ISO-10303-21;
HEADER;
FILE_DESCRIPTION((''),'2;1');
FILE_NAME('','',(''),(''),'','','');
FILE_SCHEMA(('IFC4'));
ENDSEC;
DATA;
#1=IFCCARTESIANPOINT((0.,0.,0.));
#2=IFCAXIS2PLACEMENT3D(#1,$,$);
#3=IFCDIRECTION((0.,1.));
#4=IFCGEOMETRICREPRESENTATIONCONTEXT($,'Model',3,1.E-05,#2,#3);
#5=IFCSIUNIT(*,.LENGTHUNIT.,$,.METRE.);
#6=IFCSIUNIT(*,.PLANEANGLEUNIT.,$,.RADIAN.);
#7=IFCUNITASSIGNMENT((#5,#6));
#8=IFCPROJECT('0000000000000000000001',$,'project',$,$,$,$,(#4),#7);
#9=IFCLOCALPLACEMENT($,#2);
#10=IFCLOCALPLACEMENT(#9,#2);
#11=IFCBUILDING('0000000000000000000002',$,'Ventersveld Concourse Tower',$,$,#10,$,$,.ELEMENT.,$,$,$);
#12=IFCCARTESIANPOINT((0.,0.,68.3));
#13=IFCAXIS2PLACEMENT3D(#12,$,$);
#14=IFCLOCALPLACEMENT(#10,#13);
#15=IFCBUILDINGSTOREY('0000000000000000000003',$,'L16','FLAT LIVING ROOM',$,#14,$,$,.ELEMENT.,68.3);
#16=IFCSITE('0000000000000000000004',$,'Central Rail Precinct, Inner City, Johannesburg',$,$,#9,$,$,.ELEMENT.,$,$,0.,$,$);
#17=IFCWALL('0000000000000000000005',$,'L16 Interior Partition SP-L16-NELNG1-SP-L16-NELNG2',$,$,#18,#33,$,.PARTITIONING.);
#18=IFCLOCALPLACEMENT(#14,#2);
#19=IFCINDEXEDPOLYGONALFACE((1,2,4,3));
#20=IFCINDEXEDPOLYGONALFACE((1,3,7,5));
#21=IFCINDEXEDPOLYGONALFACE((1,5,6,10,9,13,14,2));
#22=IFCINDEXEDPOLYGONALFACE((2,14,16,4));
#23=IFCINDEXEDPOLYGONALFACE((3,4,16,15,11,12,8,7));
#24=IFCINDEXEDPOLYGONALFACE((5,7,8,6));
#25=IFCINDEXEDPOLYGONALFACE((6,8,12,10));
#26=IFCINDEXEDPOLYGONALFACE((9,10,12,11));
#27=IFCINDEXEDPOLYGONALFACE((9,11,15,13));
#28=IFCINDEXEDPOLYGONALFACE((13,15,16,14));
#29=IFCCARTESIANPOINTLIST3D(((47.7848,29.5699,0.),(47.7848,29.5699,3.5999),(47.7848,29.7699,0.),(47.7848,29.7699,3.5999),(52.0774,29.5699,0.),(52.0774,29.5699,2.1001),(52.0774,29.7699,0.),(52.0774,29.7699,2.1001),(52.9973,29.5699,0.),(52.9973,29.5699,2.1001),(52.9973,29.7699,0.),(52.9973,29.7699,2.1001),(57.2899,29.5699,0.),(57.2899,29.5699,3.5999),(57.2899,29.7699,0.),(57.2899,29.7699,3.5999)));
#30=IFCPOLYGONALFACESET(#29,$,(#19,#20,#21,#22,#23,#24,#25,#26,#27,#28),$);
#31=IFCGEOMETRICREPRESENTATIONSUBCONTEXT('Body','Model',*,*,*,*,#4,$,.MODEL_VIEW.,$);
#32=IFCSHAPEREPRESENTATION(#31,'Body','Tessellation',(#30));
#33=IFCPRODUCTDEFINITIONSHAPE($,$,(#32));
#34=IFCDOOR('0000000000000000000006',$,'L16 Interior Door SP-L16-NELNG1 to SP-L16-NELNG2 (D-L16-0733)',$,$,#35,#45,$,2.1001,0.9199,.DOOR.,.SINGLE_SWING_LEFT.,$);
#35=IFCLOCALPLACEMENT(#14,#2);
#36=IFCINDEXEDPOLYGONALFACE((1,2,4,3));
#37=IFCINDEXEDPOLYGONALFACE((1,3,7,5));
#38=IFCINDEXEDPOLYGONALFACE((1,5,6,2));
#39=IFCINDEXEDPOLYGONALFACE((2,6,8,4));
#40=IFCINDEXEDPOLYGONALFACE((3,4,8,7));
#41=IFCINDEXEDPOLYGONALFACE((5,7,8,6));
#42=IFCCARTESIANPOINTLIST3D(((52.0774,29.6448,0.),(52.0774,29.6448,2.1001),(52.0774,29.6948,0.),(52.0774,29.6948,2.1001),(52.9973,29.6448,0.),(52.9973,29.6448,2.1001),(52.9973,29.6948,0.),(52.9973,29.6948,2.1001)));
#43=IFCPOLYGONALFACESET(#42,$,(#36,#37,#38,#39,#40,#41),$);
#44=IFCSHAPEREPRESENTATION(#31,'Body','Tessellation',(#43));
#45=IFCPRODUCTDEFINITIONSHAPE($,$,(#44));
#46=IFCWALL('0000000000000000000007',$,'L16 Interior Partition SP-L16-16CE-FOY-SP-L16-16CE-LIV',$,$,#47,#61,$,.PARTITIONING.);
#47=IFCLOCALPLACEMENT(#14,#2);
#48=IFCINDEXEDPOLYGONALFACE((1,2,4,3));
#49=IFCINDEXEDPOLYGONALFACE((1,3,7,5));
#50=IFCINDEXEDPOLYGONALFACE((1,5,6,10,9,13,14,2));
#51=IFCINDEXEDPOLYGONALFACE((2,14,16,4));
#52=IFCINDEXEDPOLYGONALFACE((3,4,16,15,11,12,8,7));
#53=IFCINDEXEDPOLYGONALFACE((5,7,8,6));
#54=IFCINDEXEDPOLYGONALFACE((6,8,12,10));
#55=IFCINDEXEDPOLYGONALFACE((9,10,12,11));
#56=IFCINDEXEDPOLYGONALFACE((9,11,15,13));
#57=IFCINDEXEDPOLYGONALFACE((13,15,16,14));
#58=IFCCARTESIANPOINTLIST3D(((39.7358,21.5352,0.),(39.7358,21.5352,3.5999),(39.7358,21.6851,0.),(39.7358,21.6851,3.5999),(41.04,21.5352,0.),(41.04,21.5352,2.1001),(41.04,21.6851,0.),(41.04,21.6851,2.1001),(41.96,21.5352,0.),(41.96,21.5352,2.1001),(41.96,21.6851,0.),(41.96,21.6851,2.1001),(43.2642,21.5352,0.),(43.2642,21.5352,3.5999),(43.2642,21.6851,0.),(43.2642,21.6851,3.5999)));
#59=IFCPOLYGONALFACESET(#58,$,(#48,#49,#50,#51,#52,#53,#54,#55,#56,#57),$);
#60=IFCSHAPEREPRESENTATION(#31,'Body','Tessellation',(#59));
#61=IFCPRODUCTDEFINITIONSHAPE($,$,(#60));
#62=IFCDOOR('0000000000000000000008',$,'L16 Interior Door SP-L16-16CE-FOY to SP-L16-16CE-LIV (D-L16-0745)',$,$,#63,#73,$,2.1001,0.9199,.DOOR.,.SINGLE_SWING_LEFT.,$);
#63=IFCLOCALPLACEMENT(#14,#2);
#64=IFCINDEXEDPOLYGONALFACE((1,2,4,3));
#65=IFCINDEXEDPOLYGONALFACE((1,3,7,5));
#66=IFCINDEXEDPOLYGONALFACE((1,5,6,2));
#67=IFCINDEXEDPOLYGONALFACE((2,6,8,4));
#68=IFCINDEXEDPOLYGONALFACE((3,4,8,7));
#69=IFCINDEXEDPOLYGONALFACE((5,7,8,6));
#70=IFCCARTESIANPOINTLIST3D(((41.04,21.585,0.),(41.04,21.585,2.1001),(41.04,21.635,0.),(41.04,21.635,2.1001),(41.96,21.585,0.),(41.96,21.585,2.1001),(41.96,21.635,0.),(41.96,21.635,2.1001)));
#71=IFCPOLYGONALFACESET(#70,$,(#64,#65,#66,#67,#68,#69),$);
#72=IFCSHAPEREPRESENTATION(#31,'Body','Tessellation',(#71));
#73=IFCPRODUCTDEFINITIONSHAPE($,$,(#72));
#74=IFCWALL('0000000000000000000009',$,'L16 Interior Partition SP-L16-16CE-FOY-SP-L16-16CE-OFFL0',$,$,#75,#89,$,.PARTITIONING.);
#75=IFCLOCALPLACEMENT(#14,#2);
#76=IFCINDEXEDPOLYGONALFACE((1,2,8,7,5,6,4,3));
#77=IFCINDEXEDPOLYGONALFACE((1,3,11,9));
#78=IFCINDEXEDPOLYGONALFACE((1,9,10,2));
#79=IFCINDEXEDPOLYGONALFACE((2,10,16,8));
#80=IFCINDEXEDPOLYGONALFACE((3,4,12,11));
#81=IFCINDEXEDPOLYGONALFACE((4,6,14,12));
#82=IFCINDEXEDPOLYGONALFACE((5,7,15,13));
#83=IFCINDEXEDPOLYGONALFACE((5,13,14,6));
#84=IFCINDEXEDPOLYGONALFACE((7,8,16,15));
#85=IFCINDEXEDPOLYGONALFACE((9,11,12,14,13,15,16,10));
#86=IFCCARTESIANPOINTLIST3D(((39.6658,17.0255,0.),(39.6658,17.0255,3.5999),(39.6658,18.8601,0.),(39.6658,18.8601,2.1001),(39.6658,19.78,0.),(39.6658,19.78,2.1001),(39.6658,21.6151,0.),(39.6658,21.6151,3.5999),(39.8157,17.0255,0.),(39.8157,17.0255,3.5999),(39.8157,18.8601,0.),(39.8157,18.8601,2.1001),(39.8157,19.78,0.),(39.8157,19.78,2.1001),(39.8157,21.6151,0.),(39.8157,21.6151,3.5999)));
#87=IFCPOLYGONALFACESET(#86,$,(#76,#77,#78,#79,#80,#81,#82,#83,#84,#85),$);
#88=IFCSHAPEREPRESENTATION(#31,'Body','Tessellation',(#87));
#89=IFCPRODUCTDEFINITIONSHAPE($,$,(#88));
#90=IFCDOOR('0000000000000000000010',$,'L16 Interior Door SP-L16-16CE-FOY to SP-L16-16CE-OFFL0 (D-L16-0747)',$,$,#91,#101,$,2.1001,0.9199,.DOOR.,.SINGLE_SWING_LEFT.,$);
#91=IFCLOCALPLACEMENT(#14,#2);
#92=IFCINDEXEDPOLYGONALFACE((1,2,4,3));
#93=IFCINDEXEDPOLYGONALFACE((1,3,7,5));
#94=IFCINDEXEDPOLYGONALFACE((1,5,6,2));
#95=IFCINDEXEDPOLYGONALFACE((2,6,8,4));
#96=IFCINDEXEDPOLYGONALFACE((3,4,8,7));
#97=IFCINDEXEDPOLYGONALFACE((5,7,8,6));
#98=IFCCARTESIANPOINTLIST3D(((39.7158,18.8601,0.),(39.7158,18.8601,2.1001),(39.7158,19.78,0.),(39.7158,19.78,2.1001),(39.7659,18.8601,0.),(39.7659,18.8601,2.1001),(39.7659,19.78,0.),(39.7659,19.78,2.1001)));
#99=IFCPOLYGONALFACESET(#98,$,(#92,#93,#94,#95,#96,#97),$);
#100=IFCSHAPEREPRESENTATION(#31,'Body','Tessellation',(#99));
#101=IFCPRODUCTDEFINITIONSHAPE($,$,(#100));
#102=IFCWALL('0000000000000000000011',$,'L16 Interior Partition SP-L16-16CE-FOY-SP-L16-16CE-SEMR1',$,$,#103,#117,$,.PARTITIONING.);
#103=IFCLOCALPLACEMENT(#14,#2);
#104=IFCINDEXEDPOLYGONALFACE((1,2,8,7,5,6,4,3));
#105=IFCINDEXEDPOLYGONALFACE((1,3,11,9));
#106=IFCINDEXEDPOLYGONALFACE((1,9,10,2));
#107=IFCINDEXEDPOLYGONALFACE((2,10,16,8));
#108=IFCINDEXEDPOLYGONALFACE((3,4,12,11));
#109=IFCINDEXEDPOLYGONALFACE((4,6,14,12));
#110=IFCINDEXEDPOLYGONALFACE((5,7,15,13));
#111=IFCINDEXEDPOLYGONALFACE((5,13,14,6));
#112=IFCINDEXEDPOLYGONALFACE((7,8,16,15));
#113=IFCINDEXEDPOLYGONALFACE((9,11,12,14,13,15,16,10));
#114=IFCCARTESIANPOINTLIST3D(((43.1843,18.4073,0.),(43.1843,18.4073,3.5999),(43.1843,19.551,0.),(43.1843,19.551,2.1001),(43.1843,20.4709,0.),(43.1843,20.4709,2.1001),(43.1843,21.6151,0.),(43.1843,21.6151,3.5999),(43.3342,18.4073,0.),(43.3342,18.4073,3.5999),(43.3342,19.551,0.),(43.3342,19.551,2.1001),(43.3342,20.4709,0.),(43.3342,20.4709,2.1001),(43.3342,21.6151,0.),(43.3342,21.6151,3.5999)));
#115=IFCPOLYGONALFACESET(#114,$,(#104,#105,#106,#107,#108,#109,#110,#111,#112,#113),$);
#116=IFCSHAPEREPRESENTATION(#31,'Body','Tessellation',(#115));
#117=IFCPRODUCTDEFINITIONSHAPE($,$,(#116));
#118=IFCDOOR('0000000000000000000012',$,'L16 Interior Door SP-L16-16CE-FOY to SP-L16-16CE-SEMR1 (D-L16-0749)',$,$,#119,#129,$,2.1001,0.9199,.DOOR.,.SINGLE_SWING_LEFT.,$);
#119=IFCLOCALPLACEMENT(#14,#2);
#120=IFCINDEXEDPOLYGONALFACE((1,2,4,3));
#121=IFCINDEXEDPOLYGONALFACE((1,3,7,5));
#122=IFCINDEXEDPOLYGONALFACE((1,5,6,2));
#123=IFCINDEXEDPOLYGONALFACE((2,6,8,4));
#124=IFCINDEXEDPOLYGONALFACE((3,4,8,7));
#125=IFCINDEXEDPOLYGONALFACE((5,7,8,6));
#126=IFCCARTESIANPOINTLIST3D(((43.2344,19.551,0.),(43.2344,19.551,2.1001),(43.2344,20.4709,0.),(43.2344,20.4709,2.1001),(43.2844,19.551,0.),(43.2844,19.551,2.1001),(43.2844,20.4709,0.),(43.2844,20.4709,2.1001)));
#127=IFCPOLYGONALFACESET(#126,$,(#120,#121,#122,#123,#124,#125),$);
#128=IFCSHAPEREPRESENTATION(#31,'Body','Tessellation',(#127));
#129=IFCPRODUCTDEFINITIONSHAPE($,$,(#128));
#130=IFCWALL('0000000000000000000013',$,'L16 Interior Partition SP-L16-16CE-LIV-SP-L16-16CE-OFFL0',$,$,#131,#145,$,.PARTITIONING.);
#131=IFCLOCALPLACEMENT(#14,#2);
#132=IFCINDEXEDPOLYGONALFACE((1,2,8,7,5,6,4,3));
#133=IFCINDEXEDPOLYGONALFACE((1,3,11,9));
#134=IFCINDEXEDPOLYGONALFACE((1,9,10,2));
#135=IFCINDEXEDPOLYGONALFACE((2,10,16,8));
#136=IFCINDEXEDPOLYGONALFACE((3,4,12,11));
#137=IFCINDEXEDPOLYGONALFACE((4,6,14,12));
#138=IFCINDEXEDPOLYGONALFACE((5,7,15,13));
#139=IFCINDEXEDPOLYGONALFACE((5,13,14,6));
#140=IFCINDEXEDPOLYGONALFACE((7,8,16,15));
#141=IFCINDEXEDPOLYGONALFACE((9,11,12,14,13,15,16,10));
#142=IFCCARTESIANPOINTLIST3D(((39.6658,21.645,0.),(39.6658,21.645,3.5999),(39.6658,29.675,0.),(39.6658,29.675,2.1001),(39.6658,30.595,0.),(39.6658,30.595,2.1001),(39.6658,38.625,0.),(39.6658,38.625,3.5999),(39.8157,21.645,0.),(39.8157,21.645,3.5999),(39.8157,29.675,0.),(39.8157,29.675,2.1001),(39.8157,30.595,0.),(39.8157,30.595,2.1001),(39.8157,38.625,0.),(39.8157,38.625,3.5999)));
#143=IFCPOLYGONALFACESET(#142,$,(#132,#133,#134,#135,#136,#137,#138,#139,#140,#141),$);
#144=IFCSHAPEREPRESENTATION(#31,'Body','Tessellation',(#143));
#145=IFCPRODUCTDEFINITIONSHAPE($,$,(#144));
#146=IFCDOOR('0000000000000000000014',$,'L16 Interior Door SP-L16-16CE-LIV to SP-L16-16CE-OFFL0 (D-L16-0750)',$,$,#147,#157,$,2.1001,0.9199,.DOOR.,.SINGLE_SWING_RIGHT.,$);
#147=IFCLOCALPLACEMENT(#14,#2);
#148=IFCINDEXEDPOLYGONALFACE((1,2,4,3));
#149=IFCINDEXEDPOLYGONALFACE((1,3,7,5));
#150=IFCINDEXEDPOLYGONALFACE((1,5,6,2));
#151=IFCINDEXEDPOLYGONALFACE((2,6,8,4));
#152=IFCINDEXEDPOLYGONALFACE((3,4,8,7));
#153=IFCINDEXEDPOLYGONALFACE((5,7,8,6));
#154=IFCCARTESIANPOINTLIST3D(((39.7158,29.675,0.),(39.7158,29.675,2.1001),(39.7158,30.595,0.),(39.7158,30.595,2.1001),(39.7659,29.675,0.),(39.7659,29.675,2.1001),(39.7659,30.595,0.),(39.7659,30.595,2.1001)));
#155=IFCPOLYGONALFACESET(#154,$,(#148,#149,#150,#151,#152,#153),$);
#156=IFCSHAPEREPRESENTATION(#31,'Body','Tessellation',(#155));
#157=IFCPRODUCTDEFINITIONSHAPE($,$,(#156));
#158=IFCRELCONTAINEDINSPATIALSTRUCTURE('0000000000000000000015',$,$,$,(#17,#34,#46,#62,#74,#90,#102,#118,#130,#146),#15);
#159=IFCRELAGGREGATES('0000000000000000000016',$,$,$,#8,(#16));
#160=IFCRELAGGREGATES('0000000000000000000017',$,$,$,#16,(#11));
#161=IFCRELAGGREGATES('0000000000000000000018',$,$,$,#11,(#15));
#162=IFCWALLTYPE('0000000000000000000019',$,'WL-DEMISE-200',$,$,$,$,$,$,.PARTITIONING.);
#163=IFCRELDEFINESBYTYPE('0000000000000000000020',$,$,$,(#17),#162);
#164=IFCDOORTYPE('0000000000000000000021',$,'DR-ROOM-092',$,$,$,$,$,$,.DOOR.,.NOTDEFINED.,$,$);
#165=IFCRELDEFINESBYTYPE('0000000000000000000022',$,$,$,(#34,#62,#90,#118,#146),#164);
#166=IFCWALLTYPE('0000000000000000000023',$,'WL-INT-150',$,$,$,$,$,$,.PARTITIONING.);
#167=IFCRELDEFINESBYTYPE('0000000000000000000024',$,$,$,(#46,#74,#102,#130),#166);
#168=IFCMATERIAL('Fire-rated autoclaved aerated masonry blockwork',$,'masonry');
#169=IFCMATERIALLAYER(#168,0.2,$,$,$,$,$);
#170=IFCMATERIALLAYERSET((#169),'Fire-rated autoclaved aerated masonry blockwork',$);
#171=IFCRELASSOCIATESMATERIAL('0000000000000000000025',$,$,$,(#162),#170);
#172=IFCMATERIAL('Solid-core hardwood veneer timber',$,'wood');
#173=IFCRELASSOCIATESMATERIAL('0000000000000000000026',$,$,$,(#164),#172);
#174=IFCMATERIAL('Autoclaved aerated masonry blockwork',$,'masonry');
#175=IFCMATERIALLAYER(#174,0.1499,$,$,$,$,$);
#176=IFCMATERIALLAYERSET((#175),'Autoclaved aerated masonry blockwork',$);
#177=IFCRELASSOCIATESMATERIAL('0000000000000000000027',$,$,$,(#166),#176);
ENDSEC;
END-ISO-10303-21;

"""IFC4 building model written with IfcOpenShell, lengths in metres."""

from ifc_helpers import new_model, si_unit, direction, frame, frame_2d, origin, place, context, subcontext, project, spatial, rectangle, extrude, material, layer, layer_set, type_object, element, fill, save


model = new_model("IFC4")

# Units and contexts
model_context = context("Model", 3, precision=1e-05, world=origin(), true_north=direction((0.0, 1.0)))
body_context = subcontext(model_context, "Body", "Model", "MODEL_VIEW")
ifc_project = project(units=[si_unit("LENGTHUNIT", "METRE"), si_unit("PLANEANGLEUNIT", "RADIAN")], contexts=[model_context])

# Site, building, storey
site_placement = place(None, origin())
site = spatial("IfcSite", under=ifc_project, at=site_placement, Name="Central Rail Precinct, Inner City, Johannesburg", CompositionType="ELEMENT", RefElevation=0.0)
building_placement = place(site_placement, origin())
building = spatial("IfcBuilding", under=site, at=building_placement, Name="Ventersveld Concourse Tower", CompositionType="ELEMENT")
storey_placement = place(building_placement, frame((0.0, 0.0, 68.3)))
storey = spatial("IfcBuildingStorey", under=building, at=storey_placement, Name="L16", Description="FLAT LIVING ROOM", CompositionType="ELEMENT", Elevation=68.3)

# Shared definitions
ifc_material_1 = material(Name="Fire-rated autoclaved aerated masonry blockwork", Category="masonry")

# Walls, openings, doors
ifc_layer_1 = layer(ifc_material_1, 0.2)
ifc_layer_set_1 = layer_set([ifc_layer_1], Name="Fire-rated autoclaved aerated masonry blockwork")
wall_type_1 = type_object("IfcWallType", Name="WL-DEMISE-200", PredefinedType="PARTITIONING", material=ifc_layer_set_1)
wall_1_placement = place(storey_placement, frame((47.7849, 29.6699, 0.0), z_axis=(0.0, 0.0, 1.0), x_axis=(1.0, 0.0, 0.0)))
wall_1 = element("IfcWall", 1, at=wall_1_placement, inside=storey, type_object=wall_type_1, Name="L16 Interior Partition SP-L16-NELNG1-SP-L16-NELNG2", PredefinedType="PARTITIONING", context=body_context, shape_type="SweptSolid", body=[
    extrude(rectangle(XDim=9.5051, YDim=0.2, at=frame_2d((4.7524, 0.0))), origin(), (0.0, 0.0, 1.0), 3.5999),
])
opening_1_placement = place(wall_1_placement, frame((4.2925, 0.0, 0.0)))
opening_1 = element("IfcOpeningElement", 2, at=opening_1_placement, cuts=wall_1, PredefinedType="OPENING", context=body_context, shape_type="SweptSolid", body=[
    extrude(rectangle(XDim=0.9199, YDim=2.1001, at=frame_2d((0.46, 1.05))), frame((0.0, 0.1099, 0.0), z_axis=(0.0, -1.0, 0.0), x_axis=(1.0, 0.0, 0.0)), (0.0, 0.0, 1.0), 0.22),
])
ifc_material_2 = material(Name="Solid-core hardwood veneer timber", Category="wood")
door_type = type_object("IfcDoorType", Name="DR-ROOM-092", OperationType="NOTDEFINED", PredefinedType="DOOR", material=ifc_material_2)
door_1_placement = place(opening_1_placement, origin())
door_1 = element("IfcDoor", 3, at=door_1_placement, inside=storey, type_object=door_type, Name="L16 Interior Door SP-L16-NELNG1 to SP-L16-NELNG2 (D-L16-0733)", OperationType="SINGLE_SWING_LEFT", OverallHeight=2.1001, OverallWidth=0.9199, PredefinedType="DOOR", context=body_context, shape_type="SweptSolid", body=[
    extrude(rectangle(XDim=0.9199, YDim=2.1001, at=frame_2d((0.46, 1.05))), frame((0.0, 0.0249, 0.0), z_axis=(0.0, -1.0, 0.0), x_axis=(1.0, 0.0, 0.0)), (0.0, 0.0, 1.0), 0.05),
])
fill(opening_1, door_1)
ifc_material_3 = material(Name="Autoclaved aerated masonry blockwork", Category="masonry")
ifc_layer_2 = layer(ifc_material_3, 0.1499)
ifc_layer_set_2 = layer_set([ifc_layer_2], Name="Autoclaved aerated masonry blockwork")
wall_type_2 = type_object("IfcWallType", Name="WL-INT-150", PredefinedType="PARTITIONING", material=ifc_layer_set_2)
wall_2_placement = place(storey_placement, frame((39.7358, 21.6101, 0.0), z_axis=(0.0, 0.0, 1.0), x_axis=(1.0, 0.0, 0.0)))
wall_2 = element("IfcWall", 4, at=wall_2_placement, inside=storey, type_object=wall_type_2, Name="L16 Interior Partition SP-L16-16CE-FOY-SP-L16-16CE-LIV", PredefinedType="PARTITIONING", context=body_context, shape_type="SweptSolid", body=[
    extrude(rectangle(XDim=3.5283, YDim=0.1499, at=frame_2d((1.7642, 0.0))), origin(), (0.0, 0.0, 1.0), 3.5999),
])
opening_2_placement = place(wall_2_placement, frame((1.3042, 0.0, 0.0)))
opening_2 = element("IfcOpeningElement", 5, at=opening_2_placement, cuts=wall_2, PredefinedType="OPENING", context=body_context, shape_type="SweptSolid", body=[
    extrude(rectangle(XDim=0.9199, YDim=2.1001, at=frame_2d((0.46, 1.05))), frame((0.0, 0.085, 0.0), z_axis=(0.0, -1.0, 0.0), x_axis=(1.0, 0.0, 0.0)), (0.0, 0.0, 1.0), 0.1699),
])
door_2_placement = place(opening_2_placement, origin())
door_2 = element("IfcDoor", 6, at=door_2_placement, inside=storey, type_object=door_type, Name="L16 Interior Door SP-L16-16CE-FOY to SP-L16-16CE-LIV (D-L16-0745)", OperationType="SINGLE_SWING_LEFT", OverallHeight=2.1001, OverallWidth=0.9199, PredefinedType="DOOR", context=body_context, shape_type="SweptSolid", body=[
    extrude(rectangle(XDim=0.9199, YDim=2.1001, at=frame_2d((0.46, 1.05))), frame((0.0, 0.0249, 0.0), z_axis=(0.0, -1.0, 0.0), x_axis=(1.0, 0.0, 0.0)), (0.0, 0.0, 1.0), 0.05),
])
fill(opening_2, door_2)
wall_3_placement = place(storey_placement, frame((39.7407, 17.0254, 0.0), z_axis=(0.0, 0.0, 1.0), x_axis=(0.0, 1.0, 0.0)))
wall_3 = element("IfcWall", 7, at=wall_3_placement, inside=storey, type_object=wall_type_2, Name="L16 Interior Partition SP-L16-16CE-FOY-SP-L16-16CE-OFFL0", PredefinedType="PARTITIONING", context=body_context, shape_type="SweptSolid", body=[
    extrude(rectangle(XDim=4.5896, YDim=0.1499, at=frame_2d((2.2949, 0.0))), origin(), (0.0, 0.0, 1.0), 3.5999),
])
opening_3_placement = place(wall_3_placement, frame((1.8347, 0.0, 0.0)))
opening_3 = element("IfcOpeningElement", 8, at=opening_3_placement, cuts=wall_3, PredefinedType="OPENING", context=body_context, shape_type="SweptSolid", body=[
    extrude(rectangle(XDim=0.9199, YDim=2.1001, at=frame_2d((0.46, 1.05))), frame((0.0, 0.085, 0.0), z_axis=(0.0, -1.0, 0.0), x_axis=(1.0, 0.0, 0.0)), (0.0, 0.0, 1.0), 0.1699),
])
door_3_placement = place(opening_3_placement, origin())
door_3 = element("IfcDoor", 9, at=door_3_placement, inside=storey, type_object=door_type, Name="L16 Interior Door SP-L16-16CE-FOY to SP-L16-16CE-OFFL0 (D-L16-0747)", OperationType="SINGLE_SWING_LEFT", OverallHeight=2.1001, OverallWidth=0.9199, PredefinedType="DOOR", context=body_context, shape_type="SweptSolid", body=[
    extrude(rectangle(XDim=0.9199, YDim=2.1001, at=frame_2d((0.46, 1.05))), frame((0.0, 0.0249, 0.0), z_axis=(0.0, -1.0, 0.0), x_axis=(1.0, 0.0, 0.0)), (0.0, 0.0, 1.0), 0.05),
])
fill(opening_3, door_3)
wall_4_placement = place(storey_placement, frame((43.2593, 18.4072, 0.0), z_axis=(0.0, 0.0, 1.0), x_axis=(0.0, 1.0, 0.0)))
wall_4 = element("IfcWall", 10, at=wall_4_placement, inside=storey, type_object=wall_type_2, Name="L16 Interior Partition SP-L16-16CE-FOY-SP-L16-16CE-SEMR1", PredefinedType="PARTITIONING", context=body_context, shape_type="SweptSolid", body=[
    extrude(rectangle(XDim=3.2078, YDim=0.1499, at=frame_2d((1.604, 0.0))), origin(), (0.0, 0.0, 1.0), 3.5999),
])
opening_4_placement = place(wall_4_placement, frame((1.1438, 0.0, 0.0)))
opening_4 = element("IfcOpeningElement", 11, at=opening_4_placement, cuts=wall_4, PredefinedType="OPENING", context=body_context, shape_type="SweptSolid", body=[
    extrude(rectangle(XDim=0.9199, YDim=2.1001, at=frame_2d((0.46, 1.05))), frame((0.0, 0.085, 0.0), z_axis=(0.0, -1.0, 0.0), x_axis=(1.0, 0.0, 0.0)), (0.0, 0.0, 1.0), 0.1699),
])
door_4_placement = place(opening_4_placement, origin())
door_4 = element("IfcDoor", 12, at=door_4_placement, inside=storey, type_object=door_type, Name="L16 Interior Door SP-L16-16CE-FOY to SP-L16-16CE-SEMR1 (D-L16-0749)", OperationType="SINGLE_SWING_LEFT", OverallHeight=2.1001, OverallWidth=0.9199, PredefinedType="DOOR", context=body_context, shape_type="SweptSolid", body=[
    extrude(rectangle(XDim=0.9199, YDim=2.1001, at=frame_2d((0.46, 1.05))), frame((0.0, 0.0249, 0.0), z_axis=(0.0, -1.0, 0.0), x_axis=(1.0, 0.0, 0.0)), (0.0, 0.0, 1.0), 0.05),
])
fill(opening_4, door_4)
wall_5_placement = place(storey_placement, frame((39.7407, 21.645, 0.0), z_axis=(0.0, 0.0, 1.0), x_axis=(0.0, 1.0, 0.0)))
wall_5 = element("IfcWall", 13, at=wall_5_placement, inside=storey, type_object=wall_type_2, Name="L16 Interior Partition SP-L16-16CE-LIV-SP-L16-16CE-OFFL0", PredefinedType="PARTITIONING", context=body_context, shape_type="SweptSolid", body=[
    extrude(rectangle(XDim=16.98, YDim=0.1499, at=frame_2d((8.49, 0.0))), origin(), (0.0, 0.0, 1.0), 3.5999),
])
opening_5_placement = place(wall_5_placement, frame((8.03, 0.0, 0.0)))
opening_5 = element("IfcOpeningElement", 14, at=opening_5_placement, cuts=wall_5, PredefinedType="OPENING", context=body_context, shape_type="SweptSolid", body=[
    extrude(rectangle(XDim=0.9199, YDim=2.1001, at=frame_2d((0.46, 1.05))), frame((0.0, 0.085, 0.0), z_axis=(0.0, -1.0, 0.0), x_axis=(1.0, 0.0, 0.0)), (0.0, 0.0, 1.0), 0.1699),
])
door_5_placement = place(opening_5_placement, origin())
door_5 = element("IfcDoor", 15, at=door_5_placement, inside=storey, type_object=door_type, Name="L16 Interior Door SP-L16-16CE-LIV to SP-L16-16CE-OFFL0 (D-L16-0750)", OperationType="SINGLE_SWING_RIGHT", OverallHeight=2.1001, OverallWidth=0.9199, PredefinedType="DOOR", context=body_context, shape_type="SweptSolid", body=[
    extrude(rectangle(XDim=0.9199, YDim=2.1001, at=frame_2d((0.46, 1.05))), frame((0.0, 0.0249, 0.0), z_axis=(0.0, -1.0, 0.0), x_axis=(1.0, 0.0, 0.0)), (0.0, 0.0, 1.0), 0.05),
])
fill(opening_5, door_5)

save(model, "model.ifc")
